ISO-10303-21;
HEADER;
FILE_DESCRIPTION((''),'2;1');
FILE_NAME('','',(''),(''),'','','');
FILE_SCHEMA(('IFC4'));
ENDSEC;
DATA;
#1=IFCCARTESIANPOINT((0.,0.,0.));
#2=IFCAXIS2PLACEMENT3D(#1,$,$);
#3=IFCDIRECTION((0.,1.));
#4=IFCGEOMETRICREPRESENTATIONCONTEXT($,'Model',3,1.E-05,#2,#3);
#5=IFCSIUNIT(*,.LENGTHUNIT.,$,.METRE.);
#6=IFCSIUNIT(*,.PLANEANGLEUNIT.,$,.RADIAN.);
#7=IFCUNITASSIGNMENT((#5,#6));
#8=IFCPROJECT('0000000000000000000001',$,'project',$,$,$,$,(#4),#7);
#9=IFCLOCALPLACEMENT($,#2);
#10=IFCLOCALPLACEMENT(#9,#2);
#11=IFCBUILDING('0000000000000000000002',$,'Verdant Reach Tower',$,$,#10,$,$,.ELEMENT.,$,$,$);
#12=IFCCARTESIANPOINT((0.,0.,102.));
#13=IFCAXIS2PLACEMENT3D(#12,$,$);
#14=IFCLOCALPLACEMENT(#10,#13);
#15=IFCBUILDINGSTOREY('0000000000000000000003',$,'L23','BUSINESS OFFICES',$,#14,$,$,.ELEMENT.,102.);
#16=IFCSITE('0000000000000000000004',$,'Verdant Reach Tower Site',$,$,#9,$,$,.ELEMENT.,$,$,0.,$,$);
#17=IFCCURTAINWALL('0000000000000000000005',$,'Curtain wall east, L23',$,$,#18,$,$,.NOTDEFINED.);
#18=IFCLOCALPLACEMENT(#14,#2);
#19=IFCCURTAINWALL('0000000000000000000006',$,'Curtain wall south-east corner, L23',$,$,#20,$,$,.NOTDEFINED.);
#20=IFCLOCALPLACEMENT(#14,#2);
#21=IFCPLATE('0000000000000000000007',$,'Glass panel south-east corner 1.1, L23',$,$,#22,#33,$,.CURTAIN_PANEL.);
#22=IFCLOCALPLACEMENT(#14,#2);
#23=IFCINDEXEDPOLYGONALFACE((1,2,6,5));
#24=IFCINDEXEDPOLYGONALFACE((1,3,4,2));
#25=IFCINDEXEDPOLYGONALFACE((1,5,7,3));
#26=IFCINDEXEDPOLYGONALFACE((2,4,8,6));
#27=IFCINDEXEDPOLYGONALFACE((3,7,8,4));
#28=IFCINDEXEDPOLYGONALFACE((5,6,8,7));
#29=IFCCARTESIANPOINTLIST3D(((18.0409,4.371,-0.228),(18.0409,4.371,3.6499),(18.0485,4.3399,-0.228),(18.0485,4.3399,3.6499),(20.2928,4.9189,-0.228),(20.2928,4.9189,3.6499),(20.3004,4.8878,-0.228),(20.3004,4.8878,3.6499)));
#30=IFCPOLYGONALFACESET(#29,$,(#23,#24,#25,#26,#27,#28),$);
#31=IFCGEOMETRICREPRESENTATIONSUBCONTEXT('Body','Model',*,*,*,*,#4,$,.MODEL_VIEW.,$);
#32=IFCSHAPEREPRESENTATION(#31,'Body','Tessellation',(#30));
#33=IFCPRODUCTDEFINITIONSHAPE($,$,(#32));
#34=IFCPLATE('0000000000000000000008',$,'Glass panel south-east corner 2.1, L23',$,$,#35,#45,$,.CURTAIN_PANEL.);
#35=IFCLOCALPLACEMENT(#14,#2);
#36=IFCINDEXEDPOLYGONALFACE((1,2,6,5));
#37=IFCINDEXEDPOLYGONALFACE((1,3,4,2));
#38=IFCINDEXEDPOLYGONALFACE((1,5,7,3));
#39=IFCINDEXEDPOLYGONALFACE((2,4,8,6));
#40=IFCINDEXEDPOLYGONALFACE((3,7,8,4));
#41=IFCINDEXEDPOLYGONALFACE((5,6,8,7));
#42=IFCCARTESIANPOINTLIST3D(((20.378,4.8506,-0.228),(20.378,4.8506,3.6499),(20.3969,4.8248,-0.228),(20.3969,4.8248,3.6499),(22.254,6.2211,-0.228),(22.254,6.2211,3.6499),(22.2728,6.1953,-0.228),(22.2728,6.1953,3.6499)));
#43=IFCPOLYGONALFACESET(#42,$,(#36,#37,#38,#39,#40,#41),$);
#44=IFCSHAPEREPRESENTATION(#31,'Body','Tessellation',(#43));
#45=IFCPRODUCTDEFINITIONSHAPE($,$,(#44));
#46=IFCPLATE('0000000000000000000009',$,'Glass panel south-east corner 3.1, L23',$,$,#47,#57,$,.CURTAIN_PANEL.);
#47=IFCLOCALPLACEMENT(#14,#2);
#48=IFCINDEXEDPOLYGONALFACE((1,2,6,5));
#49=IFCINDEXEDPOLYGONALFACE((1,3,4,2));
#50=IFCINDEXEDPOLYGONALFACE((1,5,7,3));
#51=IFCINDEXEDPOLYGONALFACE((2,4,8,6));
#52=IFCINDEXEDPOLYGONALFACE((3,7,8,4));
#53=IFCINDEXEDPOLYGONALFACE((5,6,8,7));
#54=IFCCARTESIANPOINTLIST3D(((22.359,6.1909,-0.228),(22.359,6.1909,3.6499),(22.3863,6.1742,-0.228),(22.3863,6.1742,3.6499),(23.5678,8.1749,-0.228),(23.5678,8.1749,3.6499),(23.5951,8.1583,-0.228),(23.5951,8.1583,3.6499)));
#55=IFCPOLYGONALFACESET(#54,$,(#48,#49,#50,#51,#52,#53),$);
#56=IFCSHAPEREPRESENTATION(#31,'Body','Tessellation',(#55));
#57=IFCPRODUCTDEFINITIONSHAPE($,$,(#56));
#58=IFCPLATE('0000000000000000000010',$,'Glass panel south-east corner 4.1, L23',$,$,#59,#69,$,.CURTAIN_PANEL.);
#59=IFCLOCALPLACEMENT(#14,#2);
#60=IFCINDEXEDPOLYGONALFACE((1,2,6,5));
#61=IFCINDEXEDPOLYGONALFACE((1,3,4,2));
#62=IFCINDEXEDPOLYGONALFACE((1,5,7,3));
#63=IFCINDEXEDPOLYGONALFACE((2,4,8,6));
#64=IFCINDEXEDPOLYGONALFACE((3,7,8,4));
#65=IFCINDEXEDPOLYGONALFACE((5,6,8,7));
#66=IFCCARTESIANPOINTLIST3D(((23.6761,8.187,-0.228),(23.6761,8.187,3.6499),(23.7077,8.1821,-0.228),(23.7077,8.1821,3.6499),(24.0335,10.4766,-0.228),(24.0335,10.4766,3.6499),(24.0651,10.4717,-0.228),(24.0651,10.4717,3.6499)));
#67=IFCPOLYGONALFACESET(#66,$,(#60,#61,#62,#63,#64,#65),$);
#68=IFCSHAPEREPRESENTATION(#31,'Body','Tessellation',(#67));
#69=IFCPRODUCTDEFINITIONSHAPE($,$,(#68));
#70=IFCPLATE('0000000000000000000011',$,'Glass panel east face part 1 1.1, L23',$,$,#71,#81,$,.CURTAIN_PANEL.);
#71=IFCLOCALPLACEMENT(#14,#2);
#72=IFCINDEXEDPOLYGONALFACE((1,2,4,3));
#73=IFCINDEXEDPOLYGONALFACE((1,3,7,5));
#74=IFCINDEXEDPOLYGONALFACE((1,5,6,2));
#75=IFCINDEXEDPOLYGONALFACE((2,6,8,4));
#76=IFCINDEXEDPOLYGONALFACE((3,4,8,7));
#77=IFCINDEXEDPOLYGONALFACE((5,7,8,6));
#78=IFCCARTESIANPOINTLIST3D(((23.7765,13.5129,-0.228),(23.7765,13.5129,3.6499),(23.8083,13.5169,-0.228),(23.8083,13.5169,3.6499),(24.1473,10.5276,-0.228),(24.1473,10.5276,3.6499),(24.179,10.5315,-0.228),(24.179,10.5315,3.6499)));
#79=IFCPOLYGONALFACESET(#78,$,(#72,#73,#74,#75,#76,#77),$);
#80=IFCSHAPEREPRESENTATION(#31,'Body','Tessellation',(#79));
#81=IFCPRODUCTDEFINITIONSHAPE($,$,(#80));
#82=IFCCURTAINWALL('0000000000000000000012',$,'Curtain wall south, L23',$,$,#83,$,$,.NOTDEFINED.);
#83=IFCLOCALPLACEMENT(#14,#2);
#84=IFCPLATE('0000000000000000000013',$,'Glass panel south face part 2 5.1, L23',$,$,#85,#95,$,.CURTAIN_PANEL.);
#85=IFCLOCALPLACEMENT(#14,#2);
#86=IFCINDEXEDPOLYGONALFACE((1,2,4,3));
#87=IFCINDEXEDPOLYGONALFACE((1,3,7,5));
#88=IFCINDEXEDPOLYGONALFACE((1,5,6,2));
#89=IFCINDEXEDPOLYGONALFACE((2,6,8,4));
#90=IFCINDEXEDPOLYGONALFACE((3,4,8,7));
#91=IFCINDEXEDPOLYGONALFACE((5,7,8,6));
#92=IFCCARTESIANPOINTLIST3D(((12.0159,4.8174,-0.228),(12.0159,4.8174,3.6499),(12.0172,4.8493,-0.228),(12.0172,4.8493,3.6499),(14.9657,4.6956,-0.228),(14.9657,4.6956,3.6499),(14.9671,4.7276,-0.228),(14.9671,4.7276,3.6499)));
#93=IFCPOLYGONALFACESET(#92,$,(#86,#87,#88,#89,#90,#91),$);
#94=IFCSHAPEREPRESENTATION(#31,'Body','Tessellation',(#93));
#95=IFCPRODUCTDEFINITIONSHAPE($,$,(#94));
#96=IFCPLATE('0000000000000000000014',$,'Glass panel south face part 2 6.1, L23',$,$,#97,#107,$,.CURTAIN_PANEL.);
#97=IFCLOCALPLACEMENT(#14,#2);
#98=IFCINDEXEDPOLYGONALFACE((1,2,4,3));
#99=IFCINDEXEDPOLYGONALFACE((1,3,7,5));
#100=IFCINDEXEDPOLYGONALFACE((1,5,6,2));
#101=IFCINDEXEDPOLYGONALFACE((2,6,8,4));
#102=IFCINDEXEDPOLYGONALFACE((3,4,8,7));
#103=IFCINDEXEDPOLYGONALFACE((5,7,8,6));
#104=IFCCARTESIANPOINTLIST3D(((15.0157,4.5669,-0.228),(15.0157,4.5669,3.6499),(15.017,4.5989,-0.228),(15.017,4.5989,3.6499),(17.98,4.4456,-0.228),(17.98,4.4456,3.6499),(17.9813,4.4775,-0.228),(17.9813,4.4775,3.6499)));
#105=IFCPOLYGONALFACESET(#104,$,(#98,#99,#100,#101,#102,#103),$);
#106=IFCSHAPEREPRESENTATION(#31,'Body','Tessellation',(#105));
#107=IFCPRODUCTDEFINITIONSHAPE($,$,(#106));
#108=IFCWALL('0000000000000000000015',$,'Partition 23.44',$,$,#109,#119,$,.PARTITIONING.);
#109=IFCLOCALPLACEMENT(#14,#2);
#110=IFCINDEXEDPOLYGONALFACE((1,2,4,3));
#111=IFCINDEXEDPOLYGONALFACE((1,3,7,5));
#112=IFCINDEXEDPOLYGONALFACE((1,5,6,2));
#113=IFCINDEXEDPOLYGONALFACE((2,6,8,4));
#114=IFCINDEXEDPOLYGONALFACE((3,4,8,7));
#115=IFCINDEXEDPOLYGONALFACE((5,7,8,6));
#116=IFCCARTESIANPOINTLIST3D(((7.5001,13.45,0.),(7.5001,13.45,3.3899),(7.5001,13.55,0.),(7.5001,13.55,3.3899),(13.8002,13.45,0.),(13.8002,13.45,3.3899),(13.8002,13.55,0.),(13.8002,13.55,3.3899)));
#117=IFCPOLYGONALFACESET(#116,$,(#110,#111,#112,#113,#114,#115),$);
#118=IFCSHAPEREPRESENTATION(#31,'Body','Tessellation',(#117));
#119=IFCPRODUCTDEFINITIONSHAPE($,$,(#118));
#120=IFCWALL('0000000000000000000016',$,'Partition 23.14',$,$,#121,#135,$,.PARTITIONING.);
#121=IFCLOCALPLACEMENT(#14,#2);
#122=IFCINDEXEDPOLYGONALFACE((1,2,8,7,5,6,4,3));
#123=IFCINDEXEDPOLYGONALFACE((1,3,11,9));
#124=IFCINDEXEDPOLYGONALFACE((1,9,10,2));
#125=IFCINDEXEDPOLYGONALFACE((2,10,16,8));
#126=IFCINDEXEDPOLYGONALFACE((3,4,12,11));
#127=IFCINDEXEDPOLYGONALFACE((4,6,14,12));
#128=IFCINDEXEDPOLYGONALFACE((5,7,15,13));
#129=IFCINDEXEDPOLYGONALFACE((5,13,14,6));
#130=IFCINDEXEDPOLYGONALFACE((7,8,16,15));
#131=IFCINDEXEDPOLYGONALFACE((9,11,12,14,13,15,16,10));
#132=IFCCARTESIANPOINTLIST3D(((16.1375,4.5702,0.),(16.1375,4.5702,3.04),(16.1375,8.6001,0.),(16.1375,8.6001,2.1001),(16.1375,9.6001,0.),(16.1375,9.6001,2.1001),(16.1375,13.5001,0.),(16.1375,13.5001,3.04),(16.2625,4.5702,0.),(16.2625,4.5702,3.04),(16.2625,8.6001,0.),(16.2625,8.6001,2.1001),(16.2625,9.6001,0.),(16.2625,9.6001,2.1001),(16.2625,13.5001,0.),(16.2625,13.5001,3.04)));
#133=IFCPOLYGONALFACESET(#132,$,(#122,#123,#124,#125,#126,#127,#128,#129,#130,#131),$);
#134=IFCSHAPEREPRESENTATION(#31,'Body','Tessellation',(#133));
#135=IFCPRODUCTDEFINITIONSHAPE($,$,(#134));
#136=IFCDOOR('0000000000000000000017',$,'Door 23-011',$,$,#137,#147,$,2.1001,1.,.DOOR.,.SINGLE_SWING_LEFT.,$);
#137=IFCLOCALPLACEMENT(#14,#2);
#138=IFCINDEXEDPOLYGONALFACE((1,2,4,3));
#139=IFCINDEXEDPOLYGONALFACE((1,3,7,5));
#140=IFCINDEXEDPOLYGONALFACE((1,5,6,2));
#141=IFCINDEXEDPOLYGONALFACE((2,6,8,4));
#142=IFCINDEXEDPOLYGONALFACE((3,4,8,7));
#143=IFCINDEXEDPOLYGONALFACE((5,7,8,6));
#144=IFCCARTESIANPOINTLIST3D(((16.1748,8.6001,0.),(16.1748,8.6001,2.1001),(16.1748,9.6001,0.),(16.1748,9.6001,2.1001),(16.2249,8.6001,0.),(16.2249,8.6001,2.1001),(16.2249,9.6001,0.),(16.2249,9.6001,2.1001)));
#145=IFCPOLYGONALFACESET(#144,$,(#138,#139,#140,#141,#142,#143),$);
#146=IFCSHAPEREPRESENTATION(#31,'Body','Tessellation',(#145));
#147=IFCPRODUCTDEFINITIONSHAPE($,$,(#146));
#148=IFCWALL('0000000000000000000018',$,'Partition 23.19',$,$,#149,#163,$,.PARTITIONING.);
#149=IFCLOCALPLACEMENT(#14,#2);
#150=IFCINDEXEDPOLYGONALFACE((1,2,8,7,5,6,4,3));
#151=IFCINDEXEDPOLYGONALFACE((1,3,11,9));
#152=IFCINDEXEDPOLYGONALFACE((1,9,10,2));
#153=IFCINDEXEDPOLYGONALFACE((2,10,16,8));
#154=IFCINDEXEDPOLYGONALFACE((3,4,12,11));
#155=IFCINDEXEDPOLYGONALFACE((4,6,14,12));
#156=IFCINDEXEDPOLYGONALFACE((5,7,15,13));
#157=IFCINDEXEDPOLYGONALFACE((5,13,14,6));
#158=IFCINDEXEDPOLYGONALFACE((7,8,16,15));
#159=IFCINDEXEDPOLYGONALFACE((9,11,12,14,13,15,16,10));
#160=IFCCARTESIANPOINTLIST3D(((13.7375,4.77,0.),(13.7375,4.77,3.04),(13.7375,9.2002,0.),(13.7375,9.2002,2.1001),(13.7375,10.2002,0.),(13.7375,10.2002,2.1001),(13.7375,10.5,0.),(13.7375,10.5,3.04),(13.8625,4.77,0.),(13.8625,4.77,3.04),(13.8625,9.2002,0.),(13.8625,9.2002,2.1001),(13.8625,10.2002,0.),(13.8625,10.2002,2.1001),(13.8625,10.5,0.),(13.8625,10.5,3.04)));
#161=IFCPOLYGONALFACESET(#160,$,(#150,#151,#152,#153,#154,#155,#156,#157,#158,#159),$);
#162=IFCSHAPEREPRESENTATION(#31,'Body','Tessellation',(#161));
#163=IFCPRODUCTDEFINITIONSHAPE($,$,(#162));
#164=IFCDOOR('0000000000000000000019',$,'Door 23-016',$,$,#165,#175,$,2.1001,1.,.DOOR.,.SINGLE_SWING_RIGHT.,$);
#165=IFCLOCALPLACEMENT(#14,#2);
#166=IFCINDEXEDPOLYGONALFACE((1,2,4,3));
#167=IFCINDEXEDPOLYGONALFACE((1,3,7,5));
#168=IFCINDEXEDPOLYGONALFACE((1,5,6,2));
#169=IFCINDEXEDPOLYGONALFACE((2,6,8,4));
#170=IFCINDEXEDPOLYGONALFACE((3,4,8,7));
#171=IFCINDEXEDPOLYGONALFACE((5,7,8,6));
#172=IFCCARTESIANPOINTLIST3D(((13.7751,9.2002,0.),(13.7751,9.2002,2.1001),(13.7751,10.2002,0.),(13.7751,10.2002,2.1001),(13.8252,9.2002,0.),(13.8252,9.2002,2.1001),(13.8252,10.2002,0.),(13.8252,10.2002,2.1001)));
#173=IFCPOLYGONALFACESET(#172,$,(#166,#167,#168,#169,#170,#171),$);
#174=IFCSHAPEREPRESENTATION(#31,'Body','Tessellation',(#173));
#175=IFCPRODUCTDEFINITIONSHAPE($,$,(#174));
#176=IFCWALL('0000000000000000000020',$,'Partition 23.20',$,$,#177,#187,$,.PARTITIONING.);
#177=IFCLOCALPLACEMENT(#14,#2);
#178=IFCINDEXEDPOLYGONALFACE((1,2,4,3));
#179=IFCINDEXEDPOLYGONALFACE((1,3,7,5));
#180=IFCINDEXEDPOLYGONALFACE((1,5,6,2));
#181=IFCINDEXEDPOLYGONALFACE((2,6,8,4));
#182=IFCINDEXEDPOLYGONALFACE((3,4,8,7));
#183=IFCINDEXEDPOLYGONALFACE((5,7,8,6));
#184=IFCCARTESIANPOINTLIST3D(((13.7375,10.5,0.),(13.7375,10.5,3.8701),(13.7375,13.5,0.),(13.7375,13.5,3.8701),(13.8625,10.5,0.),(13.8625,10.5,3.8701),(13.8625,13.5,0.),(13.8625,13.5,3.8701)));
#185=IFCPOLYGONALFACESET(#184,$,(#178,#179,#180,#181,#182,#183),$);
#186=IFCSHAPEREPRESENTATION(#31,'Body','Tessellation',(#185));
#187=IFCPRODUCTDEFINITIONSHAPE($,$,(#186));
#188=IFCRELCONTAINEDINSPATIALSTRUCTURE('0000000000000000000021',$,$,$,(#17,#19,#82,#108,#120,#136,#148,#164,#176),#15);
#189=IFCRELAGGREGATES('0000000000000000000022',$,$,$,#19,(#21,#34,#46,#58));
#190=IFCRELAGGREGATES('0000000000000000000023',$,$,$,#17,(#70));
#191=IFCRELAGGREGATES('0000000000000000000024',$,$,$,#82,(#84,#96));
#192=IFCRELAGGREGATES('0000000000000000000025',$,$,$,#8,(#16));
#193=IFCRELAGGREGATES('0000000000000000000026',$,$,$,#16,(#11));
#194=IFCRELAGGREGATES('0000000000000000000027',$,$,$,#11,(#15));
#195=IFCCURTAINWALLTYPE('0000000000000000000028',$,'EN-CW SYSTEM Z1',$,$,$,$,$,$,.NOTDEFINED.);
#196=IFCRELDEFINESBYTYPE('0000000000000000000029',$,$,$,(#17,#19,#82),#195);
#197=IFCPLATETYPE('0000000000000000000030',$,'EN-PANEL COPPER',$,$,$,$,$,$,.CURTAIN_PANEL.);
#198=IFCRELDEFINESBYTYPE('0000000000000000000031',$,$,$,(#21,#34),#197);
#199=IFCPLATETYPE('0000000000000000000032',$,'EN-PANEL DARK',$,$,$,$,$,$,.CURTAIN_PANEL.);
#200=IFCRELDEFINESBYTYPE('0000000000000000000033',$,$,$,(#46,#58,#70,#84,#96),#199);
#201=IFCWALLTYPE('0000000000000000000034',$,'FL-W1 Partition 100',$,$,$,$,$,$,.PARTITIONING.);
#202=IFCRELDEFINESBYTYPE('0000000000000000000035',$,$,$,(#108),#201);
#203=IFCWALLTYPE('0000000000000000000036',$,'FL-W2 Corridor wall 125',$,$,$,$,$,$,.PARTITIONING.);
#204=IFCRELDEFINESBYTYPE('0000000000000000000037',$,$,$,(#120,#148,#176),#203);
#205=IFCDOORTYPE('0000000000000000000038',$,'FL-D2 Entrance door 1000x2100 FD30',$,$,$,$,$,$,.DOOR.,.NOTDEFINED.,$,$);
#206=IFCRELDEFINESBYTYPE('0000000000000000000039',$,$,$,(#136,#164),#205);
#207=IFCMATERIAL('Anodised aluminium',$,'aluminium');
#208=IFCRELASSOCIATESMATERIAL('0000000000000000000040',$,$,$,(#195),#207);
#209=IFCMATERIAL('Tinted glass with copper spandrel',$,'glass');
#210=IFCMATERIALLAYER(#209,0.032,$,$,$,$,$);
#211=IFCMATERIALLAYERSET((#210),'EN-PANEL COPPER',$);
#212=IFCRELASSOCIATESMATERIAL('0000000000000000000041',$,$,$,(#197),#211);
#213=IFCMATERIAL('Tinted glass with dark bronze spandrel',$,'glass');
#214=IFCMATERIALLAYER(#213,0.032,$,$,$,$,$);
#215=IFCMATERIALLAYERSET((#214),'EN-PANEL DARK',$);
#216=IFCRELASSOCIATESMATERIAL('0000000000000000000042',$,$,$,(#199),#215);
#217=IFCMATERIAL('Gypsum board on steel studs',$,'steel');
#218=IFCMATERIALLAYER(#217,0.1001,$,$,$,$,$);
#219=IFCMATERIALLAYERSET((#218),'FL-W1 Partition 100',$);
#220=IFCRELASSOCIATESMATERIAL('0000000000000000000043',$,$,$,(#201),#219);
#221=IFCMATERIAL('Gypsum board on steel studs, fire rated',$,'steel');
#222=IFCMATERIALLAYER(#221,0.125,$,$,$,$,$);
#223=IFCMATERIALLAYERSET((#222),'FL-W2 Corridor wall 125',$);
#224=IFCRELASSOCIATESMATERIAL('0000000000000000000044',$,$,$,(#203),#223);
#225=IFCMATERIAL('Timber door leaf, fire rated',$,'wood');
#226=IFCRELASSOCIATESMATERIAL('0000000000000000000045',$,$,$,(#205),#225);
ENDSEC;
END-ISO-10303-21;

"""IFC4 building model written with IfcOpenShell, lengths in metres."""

from ifc_helpers import new_model, si_unit, direction, frame, frame_2d, origin, origin_2d, place, context, subcontext, project, spatial, rectangle, extrude, material, layer, layer_set, type_object, element, fill, aggregate, save


model = new_model("IFC4")

# Units and contexts
model_context = context("Model", 3, precision=1e-05, world=origin(), true_north=direction((0.0, 1.0)))
body_context = subcontext(model_context, "Body", "Model", "MODEL_VIEW")
ifc_project = project(units=[si_unit("LENGTHUNIT", "METRE"), si_unit("PLANEANGLEUNIT", "RADIAN")], contexts=[model_context])

# Site, building, storey
site_placement = place(None, origin())
site = spatial("IfcSite", under=ifc_project, at=site_placement, Name="Verdant Reach Tower Site", CompositionType="ELEMENT", RefElevation=0.0)
building_placement = place(site_placement, origin())
building = spatial("IfcBuilding", under=site, at=building_placement, Name="Verdant Reach Tower", CompositionType="ELEMENT")
storey_placement = place(building_placement, frame((0.0, 0.0, 102.0)))
storey = spatial("IfcBuildingStorey", under=building, at=storey_placement, Name="L23", Description="BUSINESS OFFICES", CompositionType="ELEMENT", Elevation=102.0)

# Curtain wall
ifc_material_1 = material(Name="Anodised aluminium", Category="aluminium")
curtain_wall_type = type_object("IfcCurtainWallType", Name="EN-CW SYSTEM Z1", PredefinedType="NOTDEFINED", material=ifc_material_1)
curtain_wall_1_placement = place(storey_placement, origin())
curtain_wall_1 = element("IfcCurtainWall", 1, at=curtain_wall_1_placement, inside=storey, type_object=curtain_wall_type, Name="Curtain wall east, L23", PredefinedType="NOTDEFINED")

# Curtain wall, plates
curtain_wall_2_placement = place(storey_placement, origin())
curtain_wall_2 = element("IfcCurtainWall", 2, at=curtain_wall_2_placement, inside=storey, type_object=curtain_wall_type, Name="Curtain wall south-east corner, L23", PredefinedType="NOTDEFINED")
ifc_material_2 = material(Name="Tinted glass with copper spandrel", Category="glass")
ifc_layer_1 = layer(ifc_material_2, 0.032)
ifc_layer_set_1 = layer_set([ifc_layer_1], Name="EN-PANEL COPPER")
plate_type_1 = type_object("IfcPlateType", Name="EN-PANEL COPPER", PredefinedType="CURTAIN_PANEL", material=ifc_layer_set_1)
plate_1_placement = place(storey_placement, frame((19.1707, 4.6294, -0.228), z_axis=(0.0, 0.0, 1.0), x_axis=(0.971661, 0.23638, 0.0)))
plate_1 = element("IfcPlate", 3, at=plate_1_placement, type_object=plate_type_1, Name="Glass panel south-east corner 1.1, L23", PredefinedType="CURTAIN_PANEL", context=body_context, shape_type="SweptSolid", body=[
    extrude(rectangle(XDim=2.3176, YDim=0.032, at=origin_2d()), origin(), (0.0, 0.0, 1.0), 3.8779),
])
plate_2_placement = place(storey_placement, frame((21.3254, 5.5229, -0.228), z_axis=(0.0, 0.0, 1.0), x_axis=(0.807457, 0.589927, 0.0)))
plate_2 = element("IfcPlate", 4, at=plate_2_placement, type_object=plate_type_1, Name="Glass panel south-east corner 2.1, L23", PredefinedType="CURTAIN_PANEL", context=body_context, shape_type="SweptSolid", body=[
    extrude(rectangle(XDim=2.3232, YDim=0.032, at=origin_2d()), origin(), (0.0, 0.0, 1.0), 3.8779),
])
ifc_material_3 = material(Name="Tinted glass with dark bronze spandrel", Category="glass")
ifc_layer_2 = layer(ifc_material_3, 0.032)
ifc_layer_set_2 = layer_set([ifc_layer_2], Name="EN-PANEL DARK")
plate_type_2 = type_object("IfcPlateType", Name="EN-PANEL DARK", PredefinedType="CURTAIN_PANEL", material=ifc_layer_set_2)
plate_3_placement = place(storey_placement, frame((22.9771, 7.1746, -0.228), z_axis=(0.0, 0.0, 1.0), x_axis=(0.520292, 0.853989, 0.0)))
plate_3 = element("IfcPlate", 5, at=plate_3_placement, type_object=plate_type_2, Name="Glass panel south-east corner 3.1, L23", PredefinedType="CURTAIN_PANEL", context=body_context, shape_type="SweptSolid", body=[
    extrude(rectangle(XDim=2.3232, YDim=0.032, at=origin_2d()), origin(), (0.0, 0.0, 1.0), 3.8779),
])
plate_4_placement = place(storey_placement, frame((23.8706, 9.3293, -0.228), z_axis=(0.0, 0.0, 1.0), x_axis=(0.154248, 0.988032, 0.0)))
plate_4 = element("IfcPlate", 6, at=plate_4_placement, type_object=plate_type_2, Name="Glass panel south-east corner 4.1, L23", PredefinedType="CURTAIN_PANEL", context=body_context, shape_type="SweptSolid", body=[
    extrude(rectangle(XDim=2.3174, YDim=0.032, at=origin_2d()), origin(), (0.0, 0.0, 1.0), 3.8779),
])
aggregate(curtain_wall_2, [plate_1, plate_2, plate_3, plate_4])

# Plate
plate_5_placement = place(storey_placement, frame((23.9778, 12.0222, -0.228), z_axis=(0.0, 0.0, 1.0), x_axis=(-0.123256, 0.992375, 0.0)))
plate_5 = element("IfcPlate", 7, at=plate_5_placement, type_object=plate_type_2, Name="Glass panel east face part 1 1.1, L23", PredefinedType="CURTAIN_PANEL", context=body_context, shape_type="SweptSolid", body=[
    extrude(rectangle(XDim=3.0083, YDim=0.032, at=origin_2d()), origin(), (0.0, 0.0, 1.0), 3.8779),
])
aggregate(curtain_wall_1, [plate_5])

# Curtain wall, plates
curtain_wall_3_placement = place(storey_placement, origin())
curtain_wall_3 = element("IfcCurtainWall", 8, at=curtain_wall_3_placement, inside=storey, type_object=curtain_wall_type, Name="Curtain wall south, L23", PredefinedType="NOTDEFINED")
plate_6_placement = place(storey_placement, frame((13.4915, 4.7725, -0.228), z_axis=(0.0, 0.0, 1.0), x_axis=(0.999149, -0.041242, 0.0)))
plate_6 = element("IfcPlate", 9, at=plate_6_placement, type_object=plate_type_2, Name="Glass panel south face part 2 5.1, L23", PredefinedType="CURTAIN_PANEL", context=body_context, shape_type="SweptSolid", body=[
    extrude(rectangle(XDim=2.9524, YDim=0.032, at=origin_2d()), origin(), (0.0, 0.0, 1.0), 3.8779),
])
plate_7_placement = place(storey_placement, frame((16.4985, 4.5222, -0.228), z_axis=(0.0, 0.0, 1.0), x_axis=(0.999163, -0.04091, 0.0)))
plate_7 = element("IfcPlate", 10, at=plate_7_placement, type_object=plate_type_2, Name="Glass panel south face part 2 6.1, L23", PredefinedType="CURTAIN_PANEL", context=body_context, shape_type="SweptSolid", body=[
    extrude(rectangle(XDim=2.9668, YDim=0.032, at=origin_2d()), origin(), (0.0, 0.0, 1.0), 3.8779),
])
aggregate(curtain_wall_3, [plate_6, plate_7])

# Wall
ifc_material_4 = material(Name="Gypsum board on steel studs", Category="steel")
ifc_layer_3 = layer(ifc_material_4, 0.1001)
ifc_layer_set_3 = layer_set([ifc_layer_3], Name="FL-W1 Partition 100")
wall_type_1 = type_object("IfcWallType", Name="FL-W1 Partition 100", PredefinedType="PARTITIONING", material=ifc_layer_set_3)
wall_1_placement = place(storey_placement, frame((13.8, 13.5, 0.0), z_axis=(0.0, 0.0, 1.0), x_axis=(-1.0, 0.0, 0.0)))
element("IfcWall", 11, at=wall_1_placement, inside=storey, type_object=wall_type_1, Name="Partition 23.44", PredefinedType="PARTITIONING", context=body_context, shape_type="SweptSolid", body=[
    extrude(rectangle(XDim=6.3, YDim=0.1001, at=frame_2d((3.1499, 0.0))), origin(), (0.0, 0.0, 1.0), 3.3899),
])

# Walls, openings, doors
ifc_material_5 = material(Name="Gypsum board on steel studs, fire rated", Category="steel")
ifc_layer_4 = layer(ifc_material_5, 0.125)
ifc_layer_set_4 = layer_set([ifc_layer_4], Name="FL-W2 Corridor wall 125")
wall_type_2 = type_object("IfcWallType", Name="FL-W2 Corridor wall 125", PredefinedType="PARTITIONING", material=ifc_layer_set_4)
wall_2_placement = place(storey_placement, frame((16.2, 13.5, 0.0), z_axis=(0.0, 0.0, 1.0), x_axis=(0.0, -1.0, 0.0)))
wall_2 = element("IfcWall", 12, at=wall_2_placement, inside=storey, type_object=wall_type_2, Name="Partition 23.14", PredefinedType="PARTITIONING", context=body_context, shape_type="SweptSolid", body=[
    extrude(rectangle(XDim=8.9299, YDim=0.125, at=frame_2d((4.4648, 0.0))), origin(), (0.0, 0.0, 1.0), 3.04),
])
opening_1_placement = place(wall_2_placement, frame((3.8999, 0.0, 0.0)))
opening_1 = element("IfcOpeningElement", 13, at=opening_1_placement, cuts=wall_2, PredefinedType="OPENING", context=body_context, shape_type="SweptSolid", body=[
    extrude(rectangle(XDim=1.0, YDim=2.1001, at=frame_2d((0.5, 1.05))), frame((0.0, 0.0725, 0.0), z_axis=(0.0, -1.0, 0.0), x_axis=(1.0, 0.0, 0.0)), (0.0, 0.0, 1.0), 0.145),
])
ifc_material_6 = material(Name="Timber door leaf, fire rated", Category="wood")
door_type = type_object("IfcDoorType", Name="FL-D2 Entrance door 1000x2100 FD30", OperationType="NOTDEFINED", PredefinedType="DOOR", material=ifc_material_6)
door_1_placement = place(opening_1_placement, origin())
door_1 = element("IfcDoor", 14, at=door_1_placement, inside=storey, type_object=door_type, Name="Door 23-011", OperationType="SINGLE_SWING_LEFT", OverallHeight=2.1001, OverallWidth=1.0, PredefinedType="DOOR", context=body_context, shape_type="SweptSolid", body=[
    extrude(rectangle(XDim=1.0, YDim=2.1001, at=frame_2d((0.5, 1.05))), frame((0.0, 0.0249, 0.0), z_axis=(0.0, -1.0, 0.0), x_axis=(1.0, 0.0, 0.0)), (0.0, 0.0, 1.0), 0.05),
])
fill(opening_1, door_1)
wall_3_placement = place(storey_placement, frame((13.8, 4.77, 0.0), z_axis=(0.0, 0.0, 1.0), x_axis=(0.0, 1.0, 0.0)))
wall_3 = element("IfcWall", 15, at=wall_3_placement, inside=storey, type_object=wall_type_2, Name="Partition 23.19", PredefinedType="PARTITIONING", context=body_context, shape_type="SweptSolid", body=[
    extrude(rectangle(XDim=5.73, YDim=0.125, at=frame_2d((2.865, 0.0))), origin(), (0.0, 0.0, 1.0), 3.04),
])
opening_2_placement = place(wall_3_placement, frame((4.4302, 0.0, 0.0)))
opening_2 = element("IfcOpeningElement", 16, at=opening_2_placement, cuts=wall_3, PredefinedType="OPENING", context=body_context, shape_type="SweptSolid", body=[
    extrude(rectangle(XDim=1.0, YDim=2.1001, at=frame_2d((0.5, 1.05))), frame((0.0, 0.0725, 0.0), z_axis=(0.0, -1.0, 0.0), x_axis=(1.0, 0.0, 0.0)), (0.0, 0.0, 1.0), 0.145),
])
door_2_placement = place(opening_2_placement, origin())
door_2 = element("IfcDoor", 17, at=door_2_placement, inside=storey, type_object=door_type, Name="Door 23-016", OperationType="SINGLE_SWING_RIGHT", OverallHeight=2.1001, OverallWidth=1.0, PredefinedType="DOOR", context=body_context, shape_type="SweptSolid", body=[
    extrude(rectangle(XDim=1.0, YDim=2.1001, at=frame_2d((0.5, 1.05))), frame((0.0, 0.0249, 0.0), z_axis=(0.0, -1.0, 0.0), x_axis=(1.0, 0.0, 0.0)), (0.0, 0.0, 1.0), 0.05),
])
fill(opening_2, door_2)

# Wall
wall_4_placement = place(storey_placement, frame((13.8, 13.5, 0.0), z_axis=(0.0, 0.0, 1.0), x_axis=(0.0, -1.0, 0.0)))
element("IfcWall", 18, at=wall_4_placement, inside=storey, type_object=wall_type_2, Name="Partition 23.20", PredefinedType="PARTITIONING", context=body_context, shape_type="SweptSolid", body=[
    extrude(rectangle(XDim=3.0, YDim=0.125, at=frame_2d((1.5, 0.0))), origin(), (0.0, 0.0, 1.0), 3.8701),
])

save(model, "model.ifc")
